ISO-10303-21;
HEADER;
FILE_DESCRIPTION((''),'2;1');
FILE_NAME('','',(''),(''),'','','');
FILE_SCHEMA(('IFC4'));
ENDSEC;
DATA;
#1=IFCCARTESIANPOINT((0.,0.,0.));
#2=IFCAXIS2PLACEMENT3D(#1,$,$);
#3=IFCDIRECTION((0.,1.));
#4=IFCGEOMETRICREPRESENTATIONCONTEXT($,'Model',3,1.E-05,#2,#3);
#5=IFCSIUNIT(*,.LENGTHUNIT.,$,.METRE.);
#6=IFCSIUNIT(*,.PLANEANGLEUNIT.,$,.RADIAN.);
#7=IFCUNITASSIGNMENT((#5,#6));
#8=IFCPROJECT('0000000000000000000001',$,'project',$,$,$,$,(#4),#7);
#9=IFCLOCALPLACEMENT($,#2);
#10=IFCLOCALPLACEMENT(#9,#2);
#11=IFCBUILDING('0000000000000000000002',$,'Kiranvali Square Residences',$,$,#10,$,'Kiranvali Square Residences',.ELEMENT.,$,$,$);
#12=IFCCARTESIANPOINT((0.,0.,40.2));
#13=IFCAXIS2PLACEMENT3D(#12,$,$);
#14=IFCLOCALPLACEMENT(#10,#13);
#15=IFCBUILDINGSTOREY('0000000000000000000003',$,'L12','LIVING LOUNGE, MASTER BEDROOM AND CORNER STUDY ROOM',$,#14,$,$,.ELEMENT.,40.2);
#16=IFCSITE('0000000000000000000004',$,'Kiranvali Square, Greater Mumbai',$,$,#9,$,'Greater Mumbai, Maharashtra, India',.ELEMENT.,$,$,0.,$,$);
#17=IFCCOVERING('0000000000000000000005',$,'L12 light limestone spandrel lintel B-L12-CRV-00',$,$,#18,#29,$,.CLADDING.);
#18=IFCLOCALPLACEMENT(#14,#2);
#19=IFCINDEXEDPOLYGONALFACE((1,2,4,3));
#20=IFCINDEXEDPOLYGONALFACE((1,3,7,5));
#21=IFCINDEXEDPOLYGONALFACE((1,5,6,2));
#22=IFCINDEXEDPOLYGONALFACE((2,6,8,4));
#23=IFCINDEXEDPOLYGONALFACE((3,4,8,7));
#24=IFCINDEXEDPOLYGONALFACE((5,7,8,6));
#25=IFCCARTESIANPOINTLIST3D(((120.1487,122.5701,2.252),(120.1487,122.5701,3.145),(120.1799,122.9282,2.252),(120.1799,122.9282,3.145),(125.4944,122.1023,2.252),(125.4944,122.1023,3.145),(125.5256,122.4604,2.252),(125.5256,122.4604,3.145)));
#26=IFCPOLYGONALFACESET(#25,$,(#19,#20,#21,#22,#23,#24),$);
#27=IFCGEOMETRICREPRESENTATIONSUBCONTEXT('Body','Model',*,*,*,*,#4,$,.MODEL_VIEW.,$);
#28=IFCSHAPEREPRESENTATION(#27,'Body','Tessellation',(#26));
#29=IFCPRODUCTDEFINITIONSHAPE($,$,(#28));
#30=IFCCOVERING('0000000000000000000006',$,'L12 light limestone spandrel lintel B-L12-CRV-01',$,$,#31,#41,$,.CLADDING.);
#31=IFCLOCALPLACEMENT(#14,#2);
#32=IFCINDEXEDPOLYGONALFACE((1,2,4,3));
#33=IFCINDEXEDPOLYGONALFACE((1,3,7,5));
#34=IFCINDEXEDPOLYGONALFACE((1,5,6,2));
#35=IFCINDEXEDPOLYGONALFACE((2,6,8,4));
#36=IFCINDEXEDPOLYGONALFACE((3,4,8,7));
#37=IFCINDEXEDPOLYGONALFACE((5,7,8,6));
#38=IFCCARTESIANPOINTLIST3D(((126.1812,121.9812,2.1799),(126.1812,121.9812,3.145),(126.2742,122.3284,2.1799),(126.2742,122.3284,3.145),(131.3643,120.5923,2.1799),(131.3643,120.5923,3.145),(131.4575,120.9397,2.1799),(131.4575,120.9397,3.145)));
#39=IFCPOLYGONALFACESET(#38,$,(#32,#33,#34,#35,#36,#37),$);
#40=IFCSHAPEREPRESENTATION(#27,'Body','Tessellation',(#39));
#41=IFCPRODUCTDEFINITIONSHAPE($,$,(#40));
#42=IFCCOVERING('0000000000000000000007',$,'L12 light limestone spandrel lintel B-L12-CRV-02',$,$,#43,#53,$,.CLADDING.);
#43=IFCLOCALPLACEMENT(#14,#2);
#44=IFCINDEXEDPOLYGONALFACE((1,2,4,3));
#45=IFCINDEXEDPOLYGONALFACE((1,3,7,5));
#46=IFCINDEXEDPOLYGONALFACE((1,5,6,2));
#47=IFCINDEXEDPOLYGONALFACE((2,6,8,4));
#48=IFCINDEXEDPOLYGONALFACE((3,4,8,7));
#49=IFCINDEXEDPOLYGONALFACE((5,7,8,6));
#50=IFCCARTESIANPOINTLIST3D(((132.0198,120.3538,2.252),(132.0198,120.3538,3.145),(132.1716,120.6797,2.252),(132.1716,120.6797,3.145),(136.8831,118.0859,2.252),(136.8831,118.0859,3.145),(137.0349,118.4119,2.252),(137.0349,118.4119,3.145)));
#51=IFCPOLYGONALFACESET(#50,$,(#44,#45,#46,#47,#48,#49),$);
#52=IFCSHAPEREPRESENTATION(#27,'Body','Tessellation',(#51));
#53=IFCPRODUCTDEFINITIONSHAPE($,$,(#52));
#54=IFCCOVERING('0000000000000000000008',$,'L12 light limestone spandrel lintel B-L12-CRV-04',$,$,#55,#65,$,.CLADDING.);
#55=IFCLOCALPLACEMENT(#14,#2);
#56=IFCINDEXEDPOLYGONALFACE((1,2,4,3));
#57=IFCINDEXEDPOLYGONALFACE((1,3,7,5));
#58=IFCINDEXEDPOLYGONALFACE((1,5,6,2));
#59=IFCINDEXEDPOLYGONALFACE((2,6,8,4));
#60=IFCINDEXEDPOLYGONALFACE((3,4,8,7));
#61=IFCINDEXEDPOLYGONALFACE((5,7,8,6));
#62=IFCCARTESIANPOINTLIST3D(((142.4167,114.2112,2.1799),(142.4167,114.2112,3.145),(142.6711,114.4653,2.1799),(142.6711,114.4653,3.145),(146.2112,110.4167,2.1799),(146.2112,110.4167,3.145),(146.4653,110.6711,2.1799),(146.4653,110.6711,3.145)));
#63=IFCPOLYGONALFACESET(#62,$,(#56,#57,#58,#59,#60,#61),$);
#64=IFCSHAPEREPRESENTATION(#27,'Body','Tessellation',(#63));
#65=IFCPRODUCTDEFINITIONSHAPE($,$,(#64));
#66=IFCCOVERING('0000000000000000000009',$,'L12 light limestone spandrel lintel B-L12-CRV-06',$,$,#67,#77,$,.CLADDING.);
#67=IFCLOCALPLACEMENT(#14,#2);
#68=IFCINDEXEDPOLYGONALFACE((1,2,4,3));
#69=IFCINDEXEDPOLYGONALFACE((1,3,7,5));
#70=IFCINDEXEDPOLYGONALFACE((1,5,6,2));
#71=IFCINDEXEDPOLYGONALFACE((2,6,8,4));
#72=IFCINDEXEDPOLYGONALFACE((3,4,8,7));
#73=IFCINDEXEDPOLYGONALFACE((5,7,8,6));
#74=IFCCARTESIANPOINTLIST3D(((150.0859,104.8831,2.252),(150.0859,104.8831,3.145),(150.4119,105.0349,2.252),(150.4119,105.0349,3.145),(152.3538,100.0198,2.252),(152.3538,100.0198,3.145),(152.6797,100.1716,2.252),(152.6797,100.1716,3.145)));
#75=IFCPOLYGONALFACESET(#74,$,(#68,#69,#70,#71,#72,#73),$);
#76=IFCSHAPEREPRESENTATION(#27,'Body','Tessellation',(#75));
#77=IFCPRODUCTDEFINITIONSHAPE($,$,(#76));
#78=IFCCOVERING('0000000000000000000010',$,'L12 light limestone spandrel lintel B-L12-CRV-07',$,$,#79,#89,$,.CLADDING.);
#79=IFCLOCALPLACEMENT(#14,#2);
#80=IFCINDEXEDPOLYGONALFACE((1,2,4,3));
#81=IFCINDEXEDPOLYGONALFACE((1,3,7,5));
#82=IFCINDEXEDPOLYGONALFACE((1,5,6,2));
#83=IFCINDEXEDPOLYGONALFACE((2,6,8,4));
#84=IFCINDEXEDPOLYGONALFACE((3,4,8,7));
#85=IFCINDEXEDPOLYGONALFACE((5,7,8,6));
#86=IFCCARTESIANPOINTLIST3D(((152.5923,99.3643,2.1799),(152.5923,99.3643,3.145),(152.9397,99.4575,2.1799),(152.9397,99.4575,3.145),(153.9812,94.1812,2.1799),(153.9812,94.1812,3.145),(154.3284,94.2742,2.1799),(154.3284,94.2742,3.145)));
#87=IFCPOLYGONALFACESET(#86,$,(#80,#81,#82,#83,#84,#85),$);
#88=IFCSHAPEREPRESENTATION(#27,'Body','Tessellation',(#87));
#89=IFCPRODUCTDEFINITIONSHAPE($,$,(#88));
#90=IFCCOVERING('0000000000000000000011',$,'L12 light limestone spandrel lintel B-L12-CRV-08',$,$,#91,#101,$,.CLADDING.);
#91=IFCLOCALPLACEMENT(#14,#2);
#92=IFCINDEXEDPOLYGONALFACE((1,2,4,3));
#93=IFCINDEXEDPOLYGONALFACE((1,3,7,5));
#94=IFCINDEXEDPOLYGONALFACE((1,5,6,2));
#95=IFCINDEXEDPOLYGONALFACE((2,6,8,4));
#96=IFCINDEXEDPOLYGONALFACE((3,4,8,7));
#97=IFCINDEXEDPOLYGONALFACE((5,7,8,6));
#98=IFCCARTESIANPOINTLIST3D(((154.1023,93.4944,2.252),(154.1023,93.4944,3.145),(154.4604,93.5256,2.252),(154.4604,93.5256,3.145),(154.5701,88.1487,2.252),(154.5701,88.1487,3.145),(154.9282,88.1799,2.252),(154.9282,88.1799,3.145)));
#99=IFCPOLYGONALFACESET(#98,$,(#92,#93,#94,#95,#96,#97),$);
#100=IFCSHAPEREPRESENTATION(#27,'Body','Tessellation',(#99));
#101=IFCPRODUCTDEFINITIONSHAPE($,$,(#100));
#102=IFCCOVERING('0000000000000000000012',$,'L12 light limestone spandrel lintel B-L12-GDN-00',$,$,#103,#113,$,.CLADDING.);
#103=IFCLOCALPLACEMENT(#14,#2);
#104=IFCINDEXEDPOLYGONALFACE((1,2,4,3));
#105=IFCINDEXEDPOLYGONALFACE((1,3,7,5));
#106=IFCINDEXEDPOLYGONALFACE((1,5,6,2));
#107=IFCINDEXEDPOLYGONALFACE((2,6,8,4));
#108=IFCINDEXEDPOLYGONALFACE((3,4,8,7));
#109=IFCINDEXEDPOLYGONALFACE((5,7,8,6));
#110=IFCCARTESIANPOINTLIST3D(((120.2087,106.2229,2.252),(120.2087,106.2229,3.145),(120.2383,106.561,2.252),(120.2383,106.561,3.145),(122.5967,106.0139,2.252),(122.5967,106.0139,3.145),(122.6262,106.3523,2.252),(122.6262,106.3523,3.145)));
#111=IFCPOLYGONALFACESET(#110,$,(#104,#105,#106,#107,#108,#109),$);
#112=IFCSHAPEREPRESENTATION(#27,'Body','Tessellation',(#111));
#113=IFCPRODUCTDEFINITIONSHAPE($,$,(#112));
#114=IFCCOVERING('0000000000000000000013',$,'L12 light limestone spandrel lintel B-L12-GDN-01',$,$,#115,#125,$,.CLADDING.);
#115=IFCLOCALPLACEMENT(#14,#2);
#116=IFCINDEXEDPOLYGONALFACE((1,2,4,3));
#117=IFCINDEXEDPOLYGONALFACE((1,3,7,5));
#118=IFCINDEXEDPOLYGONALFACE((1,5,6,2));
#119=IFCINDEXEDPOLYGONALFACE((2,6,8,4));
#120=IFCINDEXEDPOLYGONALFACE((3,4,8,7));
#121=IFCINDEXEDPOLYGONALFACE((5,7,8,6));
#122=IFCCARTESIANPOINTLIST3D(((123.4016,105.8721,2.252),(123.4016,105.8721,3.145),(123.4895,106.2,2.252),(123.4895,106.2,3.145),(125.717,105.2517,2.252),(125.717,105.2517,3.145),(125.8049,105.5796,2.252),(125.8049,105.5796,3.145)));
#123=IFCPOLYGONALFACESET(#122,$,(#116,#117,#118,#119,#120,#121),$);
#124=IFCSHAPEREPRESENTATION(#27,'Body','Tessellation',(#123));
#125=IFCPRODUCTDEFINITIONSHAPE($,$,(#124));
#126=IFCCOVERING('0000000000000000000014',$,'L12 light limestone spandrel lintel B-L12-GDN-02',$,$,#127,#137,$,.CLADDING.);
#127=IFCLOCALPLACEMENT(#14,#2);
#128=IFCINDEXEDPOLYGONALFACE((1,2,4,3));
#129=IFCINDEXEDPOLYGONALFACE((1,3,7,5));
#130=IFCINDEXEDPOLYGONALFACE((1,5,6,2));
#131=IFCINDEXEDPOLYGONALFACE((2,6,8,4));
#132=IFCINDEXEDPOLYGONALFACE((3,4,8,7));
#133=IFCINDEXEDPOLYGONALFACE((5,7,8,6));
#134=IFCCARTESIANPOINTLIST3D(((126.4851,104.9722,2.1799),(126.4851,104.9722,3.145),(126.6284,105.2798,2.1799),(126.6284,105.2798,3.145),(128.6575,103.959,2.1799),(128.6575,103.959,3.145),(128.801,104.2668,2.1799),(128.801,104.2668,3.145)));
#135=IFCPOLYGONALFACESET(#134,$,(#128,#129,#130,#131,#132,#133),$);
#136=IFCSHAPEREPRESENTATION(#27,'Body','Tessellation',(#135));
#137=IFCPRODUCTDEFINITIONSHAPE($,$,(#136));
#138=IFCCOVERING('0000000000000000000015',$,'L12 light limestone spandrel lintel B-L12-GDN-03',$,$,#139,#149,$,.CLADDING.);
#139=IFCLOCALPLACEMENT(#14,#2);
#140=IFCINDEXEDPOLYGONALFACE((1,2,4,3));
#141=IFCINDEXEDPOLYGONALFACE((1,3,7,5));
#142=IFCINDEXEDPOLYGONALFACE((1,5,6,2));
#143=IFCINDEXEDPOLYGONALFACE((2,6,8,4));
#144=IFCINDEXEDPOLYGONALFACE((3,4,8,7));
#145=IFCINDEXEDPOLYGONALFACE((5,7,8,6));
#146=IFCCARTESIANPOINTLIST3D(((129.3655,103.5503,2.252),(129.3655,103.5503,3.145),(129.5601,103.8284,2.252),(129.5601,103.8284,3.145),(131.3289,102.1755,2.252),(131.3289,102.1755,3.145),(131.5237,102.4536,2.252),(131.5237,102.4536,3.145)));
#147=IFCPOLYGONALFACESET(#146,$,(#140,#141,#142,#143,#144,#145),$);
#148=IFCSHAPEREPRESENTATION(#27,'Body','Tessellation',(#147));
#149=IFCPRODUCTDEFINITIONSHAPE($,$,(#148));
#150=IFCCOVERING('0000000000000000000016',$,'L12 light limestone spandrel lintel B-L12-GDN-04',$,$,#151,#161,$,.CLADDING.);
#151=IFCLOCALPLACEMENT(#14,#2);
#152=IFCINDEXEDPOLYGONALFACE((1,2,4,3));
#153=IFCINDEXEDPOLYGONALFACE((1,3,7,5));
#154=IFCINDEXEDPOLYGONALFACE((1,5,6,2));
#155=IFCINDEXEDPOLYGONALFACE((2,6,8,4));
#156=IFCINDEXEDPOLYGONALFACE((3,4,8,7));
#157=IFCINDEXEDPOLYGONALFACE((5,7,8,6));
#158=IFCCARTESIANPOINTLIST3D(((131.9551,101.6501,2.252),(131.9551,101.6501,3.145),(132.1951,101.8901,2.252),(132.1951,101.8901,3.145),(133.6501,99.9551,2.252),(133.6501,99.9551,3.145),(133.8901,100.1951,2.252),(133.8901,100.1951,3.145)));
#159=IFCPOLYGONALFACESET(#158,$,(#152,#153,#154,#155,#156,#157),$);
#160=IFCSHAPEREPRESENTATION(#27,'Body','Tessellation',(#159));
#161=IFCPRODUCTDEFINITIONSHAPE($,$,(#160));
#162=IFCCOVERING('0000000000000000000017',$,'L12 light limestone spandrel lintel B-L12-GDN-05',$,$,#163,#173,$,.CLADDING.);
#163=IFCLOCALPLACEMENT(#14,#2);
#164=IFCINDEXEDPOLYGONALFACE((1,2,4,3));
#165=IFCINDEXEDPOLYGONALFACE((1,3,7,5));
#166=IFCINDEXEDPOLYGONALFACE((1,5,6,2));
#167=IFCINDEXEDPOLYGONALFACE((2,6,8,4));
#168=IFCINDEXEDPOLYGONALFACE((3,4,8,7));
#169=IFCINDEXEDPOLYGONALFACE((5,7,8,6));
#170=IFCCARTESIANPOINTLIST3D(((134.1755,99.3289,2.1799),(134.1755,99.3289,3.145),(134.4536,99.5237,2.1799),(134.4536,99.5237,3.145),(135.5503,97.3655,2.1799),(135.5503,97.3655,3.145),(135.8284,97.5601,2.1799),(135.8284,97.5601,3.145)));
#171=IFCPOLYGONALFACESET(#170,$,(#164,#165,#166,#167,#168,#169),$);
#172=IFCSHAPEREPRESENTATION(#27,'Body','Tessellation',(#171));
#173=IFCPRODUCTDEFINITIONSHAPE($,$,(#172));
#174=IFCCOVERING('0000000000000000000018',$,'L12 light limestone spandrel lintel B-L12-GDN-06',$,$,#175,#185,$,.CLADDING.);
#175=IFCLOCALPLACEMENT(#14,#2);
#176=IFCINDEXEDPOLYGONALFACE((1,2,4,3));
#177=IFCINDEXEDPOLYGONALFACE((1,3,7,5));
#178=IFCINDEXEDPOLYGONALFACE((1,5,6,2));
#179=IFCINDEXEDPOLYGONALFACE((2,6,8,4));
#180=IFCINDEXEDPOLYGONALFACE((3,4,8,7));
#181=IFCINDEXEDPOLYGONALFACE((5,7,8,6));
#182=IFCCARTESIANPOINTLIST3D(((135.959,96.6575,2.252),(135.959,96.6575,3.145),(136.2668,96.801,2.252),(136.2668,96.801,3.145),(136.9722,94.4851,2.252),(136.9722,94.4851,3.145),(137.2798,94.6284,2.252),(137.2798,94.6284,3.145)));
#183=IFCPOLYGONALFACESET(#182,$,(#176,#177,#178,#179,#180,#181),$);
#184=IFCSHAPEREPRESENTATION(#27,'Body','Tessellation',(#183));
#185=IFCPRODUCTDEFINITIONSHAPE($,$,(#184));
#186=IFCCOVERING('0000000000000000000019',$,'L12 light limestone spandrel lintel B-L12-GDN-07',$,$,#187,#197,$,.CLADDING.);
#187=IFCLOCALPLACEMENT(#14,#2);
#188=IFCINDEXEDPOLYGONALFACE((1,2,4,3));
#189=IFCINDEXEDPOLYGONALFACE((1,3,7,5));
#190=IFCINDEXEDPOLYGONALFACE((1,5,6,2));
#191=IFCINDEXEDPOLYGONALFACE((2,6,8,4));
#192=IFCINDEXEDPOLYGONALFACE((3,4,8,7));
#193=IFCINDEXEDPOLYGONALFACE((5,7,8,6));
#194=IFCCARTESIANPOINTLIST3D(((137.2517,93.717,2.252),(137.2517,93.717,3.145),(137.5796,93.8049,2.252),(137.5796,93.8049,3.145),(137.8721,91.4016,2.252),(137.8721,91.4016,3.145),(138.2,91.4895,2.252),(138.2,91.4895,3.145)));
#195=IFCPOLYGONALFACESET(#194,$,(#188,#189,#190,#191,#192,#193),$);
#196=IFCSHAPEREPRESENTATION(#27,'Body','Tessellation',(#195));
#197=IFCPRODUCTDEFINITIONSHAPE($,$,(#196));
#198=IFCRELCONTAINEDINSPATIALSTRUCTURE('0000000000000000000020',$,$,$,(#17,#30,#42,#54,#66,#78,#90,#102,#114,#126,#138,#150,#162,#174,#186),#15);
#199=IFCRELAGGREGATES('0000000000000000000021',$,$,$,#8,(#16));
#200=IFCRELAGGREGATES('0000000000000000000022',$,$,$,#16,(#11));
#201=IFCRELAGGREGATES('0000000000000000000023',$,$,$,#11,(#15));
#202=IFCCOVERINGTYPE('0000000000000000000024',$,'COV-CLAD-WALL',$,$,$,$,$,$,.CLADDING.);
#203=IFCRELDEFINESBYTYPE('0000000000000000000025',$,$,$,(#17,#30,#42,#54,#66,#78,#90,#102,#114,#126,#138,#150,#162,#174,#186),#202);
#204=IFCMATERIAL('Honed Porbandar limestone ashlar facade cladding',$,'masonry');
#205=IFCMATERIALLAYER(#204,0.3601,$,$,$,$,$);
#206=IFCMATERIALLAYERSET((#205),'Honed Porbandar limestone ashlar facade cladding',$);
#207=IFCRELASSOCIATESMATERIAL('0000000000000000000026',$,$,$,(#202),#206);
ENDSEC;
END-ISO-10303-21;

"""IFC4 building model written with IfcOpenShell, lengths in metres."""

from ifc_helpers import new_model, si_unit, direction, frame, origin, place, context, subcontext, project, spatial, polyline, outline, extrude, material, layer, layer_set, type_object, element, save


model = new_model("IFC4")

# Units and contexts
model_context = context("Model", 3, precision=1e-05, world=origin(), true_north=direction((0.0, 1.0)))
body_context = subcontext(model_context, "Body", "Model", "MODEL_VIEW")
ifc_project = project(units=[si_unit("LENGTHUNIT", "METRE"), si_unit("PLANEANGLEUNIT", "RADIAN")], contexts=[model_context])

# Site, building, storey
site_placement = place(None, origin())
site = spatial("IfcSite", under=ifc_project, at=site_placement, Name="Kiranvali Square, Greater Mumbai", LongName="Greater Mumbai, Maharashtra, India", CompositionType="ELEMENT", RefElevation=0.0)
building_placement = place(site_placement, origin())
building = spatial("IfcBuilding", under=site, at=building_placement, Name="Kiranvali Square Residences", LongName="Kiranvali Square Residences", CompositionType="ELEMENT")
storey_placement = place(building_placement, frame((0.0, 0.0, 40.2)))
storey = spatial("IfcBuildingStorey", under=building, at=storey_placement, Name="L12", Description="LIVING LOUNGE, MASTER BEDROOM AND CORNER STUDY ROOM", CompositionType="ELEMENT", Elevation=40.2)

# Coverings
ifc_material = material(Name="Honed Porbandar limestone ashlar facade cladding", Category="masonry")
ifc_layer = layer(ifc_material, 0.3601)
ifc_layer_set = layer_set([ifc_layer], Name="Honed Porbandar limestone ashlar facade cladding")
covering_type = type_object("IfcCoveringType", Name="COV-CLAD-WALL", PredefinedType="CLADDING", material=ifc_layer_set)
covering_1_placement = place(storey_placement, frame((0.0, 0.0, 2.252)))
element("IfcCovering", 1, at=covering_1_placement, inside=storey, type_object=covering_type, Name="L12 light limestone spandrel lintel B-L12-CRV-00", PredefinedType="CLADDING", context=body_context, shape_type="SweptSolid", body=[
    extrude(outline(polyline([(120.1487, 122.5701), (125.4944, 122.1023), (125.5256, 122.4604), (120.1799, 122.9282), (120.1487, 122.5701)])), origin(), (0.0, 0.0, 1.0), 0.8931),
])
covering_2_placement = place(storey_placement, frame((0.0, 0.0, 2.1799)))
element("IfcCovering", 2, at=covering_2_placement, inside=storey, type_object=covering_type, Name="L12 light limestone spandrel lintel B-L12-CRV-01", PredefinedType="CLADDING", context=body_context, shape_type="SweptSolid", body=[
    extrude(outline(polyline([(126.1812, 121.9812), (131.3643, 120.5923), (131.4575, 120.9397), (126.2742, 122.3284), (126.1812, 121.9812)])), origin(), (0.0, 0.0, 1.0), 0.9651),
])
covering_3_placement = place(storey_placement, frame((0.0, 0.0, 2.252)))
element("IfcCovering", 3, at=covering_3_placement, inside=storey, type_object=covering_type, Name="L12 light limestone spandrel lintel B-L12-CRV-02", PredefinedType="CLADDING", context=body_context, shape_type="SweptSolid", body=[
    extrude(outline(polyline([(132.0198, 120.3538), (136.8831, 118.0859), (137.0349, 118.4119), (132.1716, 120.6797), (132.0198, 120.3538)])), origin(), (0.0, 0.0, 1.0), 0.8931),
])
covering_4_placement = place(storey_placement, frame((0.0, 0.0, 2.1799)))
element("IfcCovering", 4, at=covering_4_placement, inside=storey, type_object=covering_type, Name="L12 light limestone spandrel lintel B-L12-CRV-04", PredefinedType="CLADDING", context=body_context, shape_type="SweptSolid", body=[
    extrude(outline(polyline([(142.4167, 114.2112), (146.2112, 110.4167), (146.4653, 110.6711), (142.6711, 114.4653), (142.4167, 114.2112)])), origin(), (0.0, 0.0, 1.0), 0.9651),
])
covering_5_placement = place(storey_placement, frame((0.0, 0.0, 2.252)))
element("IfcCovering", 5, at=covering_5_placement, inside=storey, type_object=covering_type, Name="L12 light limestone spandrel lintel B-L12-CRV-06", PredefinedType="CLADDING", context=body_context, shape_type="SweptSolid", body=[
    extrude(outline(polyline([(150.0859, 104.8831), (152.3538, 100.0198), (152.6797, 100.1716), (150.4119, 105.0349), (150.0859, 104.8831)])), origin(), (0.0, 0.0, 1.0), 0.8931),
])
covering_6_placement = place(storey_placement, frame((0.0, 0.0, 2.1799)))
element("IfcCovering", 6, at=covering_6_placement, inside=storey, type_object=covering_type, Name="L12 light limestone spandrel lintel B-L12-CRV-07", PredefinedType="CLADDING", context=body_context, shape_type="SweptSolid", body=[
    extrude(outline(polyline([(152.5923, 99.3643), (153.9812, 94.1812), (154.3284, 94.2742), (152.9397, 99.4575), (152.5923, 99.3643)])), origin(), (0.0, 0.0, 1.0), 0.9651),
])
covering_7_placement = place(storey_placement, frame((0.0, 0.0, 2.252)))
element("IfcCovering", 7, at=covering_7_placement, inside=storey, type_object=covering_type, Name="L12 light limestone spandrel lintel B-L12-CRV-08", PredefinedType="CLADDING", context=body_context, shape_type="SweptSolid", body=[
    extrude(outline(polyline([(154.1023, 93.4944), (154.5701, 88.1487), (154.9282, 88.1799), (154.4604, 93.5256), (154.1023, 93.4944)])), origin(), (0.0, 0.0, 1.0), 0.8931),
])
covering_8_placement = place(storey_placement, frame((0.0, 0.0, 2.252)))
element("IfcCovering", 8, at=covering_8_placement, inside=storey, type_object=covering_type, Name="L12 light limestone spandrel lintel B-L12-GDN-00", PredefinedType="CLADDING", context=body_context, shape_type="SweptSolid", body=[
    extrude(outline(polyline([(120.2087, 106.2229), (122.5967, 106.0139), (122.6262, 106.3523), (120.2383, 106.561), (120.2087, 106.2229)])), origin(), (0.0, 0.0, 1.0), 0.8931),
])
covering_9_placement = place(storey_placement, frame((0.0, 0.0, 2.252)))
element("IfcCovering", 9, at=covering_9_placement, inside=storey, type_object=covering_type, Name="L12 light limestone spandrel lintel B-L12-GDN-01", PredefinedType="CLADDING", context=body_context, shape_type="SweptSolid", body=[
    extrude(outline(polyline([(123.4016, 105.8721), (125.717, 105.2517), (125.8049, 105.5796), (123.4895, 106.2), (123.4016, 105.8721)])), origin(), (0.0, 0.0, 1.0), 0.8931),
])
covering_10_placement = place(storey_placement, frame((0.0, 0.0, 2.1799)))
element("IfcCovering", 10, at=covering_10_placement, inside=storey, type_object=covering_type, Name="L12 light limestone spandrel lintel B-L12-GDN-02", PredefinedType="CLADDING", context=body_context, shape_type="SweptSolid", body=[
    extrude(outline(polyline([(126.4851, 104.9722), (128.6575, 103.959), (128.801, 104.2668), (126.6284, 105.2798), (126.4851, 104.9722)])), origin(), (0.0, 0.0, 1.0), 0.9651),
])
covering_11_placement = place(storey_placement, frame((0.0, 0.0, 2.252)))
element("IfcCovering", 11, at=covering_11_placement, inside=storey, type_object=covering_type, Name="L12 light limestone spandrel lintel B-L12-GDN-03", PredefinedType="CLADDING", context=body_context, shape_type="SweptSolid", body=[
    extrude(outline(polyline([(129.3655, 103.5503), (131.3289, 102.1755), (131.5237, 102.4536), (129.5601, 103.8284), (129.3655, 103.5503)])), origin(), (0.0, 0.0, 1.0), 0.8931),
])
covering_12_placement = place(storey_placement, frame((0.0, 0.0, 2.252)))
element("IfcCovering", 12, at=covering_12_placement, inside=storey, type_object=covering_type, Name="L12 light limestone spandrel lintel B-L12-GDN-04", PredefinedType="CLADDING", context=body_context, shape_type="SweptSolid", body=[
    extrude(outline(polyline([(131.9551, 101.6501), (133.6501, 99.9551), (133.8901, 100.1951), (132.1951, 101.8901), (131.9551, 101.6501)])), origin(), (0.0, 0.0, 1.0), 0.8931),
])
covering_13_placement = place(storey_placement, frame((0.0, 0.0, 2.1799)))
element("IfcCovering", 13, at=covering_13_placement, inside=storey, type_object=covering_type, Name="L12 light limestone spandrel lintel B-L12-GDN-05", PredefinedType="CLADDING", context=body_context, shape_type="SweptSolid", body=[
    extrude(outline(polyline([(134.1755, 99.3289), (135.5503, 97.3655), (135.8284, 97.5601), (134.4536, 99.5237), (134.1755, 99.3289)])), origin(), (0.0, 0.0, 1.0), 0.9651),
])
covering_14_placement = place(storey_placement, frame((0.0, 0.0, 2.252)))
element("IfcCovering", 14, at=covering_14_placement, inside=storey, type_object=covering_type, Name="L12 light limestone spandrel lintel B-L12-GDN-06", PredefinedType="CLADDING", context=body_context, shape_type="SweptSolid", body=[
    extrude(outline(polyline([(135.959, 96.6575), (136.9722, 94.4851), (137.2798, 94.6284), (136.2668, 96.801), (135.959, 96.6575)])), origin(), (0.0, 0.0, 1.0), 0.8931),
])
covering_15_placement = place(storey_placement, frame((0.0, 0.0, 2.252)))
element("IfcCovering", 15, at=covering_15_placement, inside=storey, type_object=covering_type, Name="L12 light limestone spandrel lintel B-L12-GDN-07", PredefinedType="CLADDING", context=body_context, shape_type="SweptSolid", body=[
    extrude(outline(polyline([(137.2517, 93.717), (137.8721, 91.4016), (138.2, 91.4895), (137.5796, 93.8049), (137.2517, 93.717)])), origin(), (0.0, 0.0, 1.0), 0.8931),
])

save(model, "model.ifc")
